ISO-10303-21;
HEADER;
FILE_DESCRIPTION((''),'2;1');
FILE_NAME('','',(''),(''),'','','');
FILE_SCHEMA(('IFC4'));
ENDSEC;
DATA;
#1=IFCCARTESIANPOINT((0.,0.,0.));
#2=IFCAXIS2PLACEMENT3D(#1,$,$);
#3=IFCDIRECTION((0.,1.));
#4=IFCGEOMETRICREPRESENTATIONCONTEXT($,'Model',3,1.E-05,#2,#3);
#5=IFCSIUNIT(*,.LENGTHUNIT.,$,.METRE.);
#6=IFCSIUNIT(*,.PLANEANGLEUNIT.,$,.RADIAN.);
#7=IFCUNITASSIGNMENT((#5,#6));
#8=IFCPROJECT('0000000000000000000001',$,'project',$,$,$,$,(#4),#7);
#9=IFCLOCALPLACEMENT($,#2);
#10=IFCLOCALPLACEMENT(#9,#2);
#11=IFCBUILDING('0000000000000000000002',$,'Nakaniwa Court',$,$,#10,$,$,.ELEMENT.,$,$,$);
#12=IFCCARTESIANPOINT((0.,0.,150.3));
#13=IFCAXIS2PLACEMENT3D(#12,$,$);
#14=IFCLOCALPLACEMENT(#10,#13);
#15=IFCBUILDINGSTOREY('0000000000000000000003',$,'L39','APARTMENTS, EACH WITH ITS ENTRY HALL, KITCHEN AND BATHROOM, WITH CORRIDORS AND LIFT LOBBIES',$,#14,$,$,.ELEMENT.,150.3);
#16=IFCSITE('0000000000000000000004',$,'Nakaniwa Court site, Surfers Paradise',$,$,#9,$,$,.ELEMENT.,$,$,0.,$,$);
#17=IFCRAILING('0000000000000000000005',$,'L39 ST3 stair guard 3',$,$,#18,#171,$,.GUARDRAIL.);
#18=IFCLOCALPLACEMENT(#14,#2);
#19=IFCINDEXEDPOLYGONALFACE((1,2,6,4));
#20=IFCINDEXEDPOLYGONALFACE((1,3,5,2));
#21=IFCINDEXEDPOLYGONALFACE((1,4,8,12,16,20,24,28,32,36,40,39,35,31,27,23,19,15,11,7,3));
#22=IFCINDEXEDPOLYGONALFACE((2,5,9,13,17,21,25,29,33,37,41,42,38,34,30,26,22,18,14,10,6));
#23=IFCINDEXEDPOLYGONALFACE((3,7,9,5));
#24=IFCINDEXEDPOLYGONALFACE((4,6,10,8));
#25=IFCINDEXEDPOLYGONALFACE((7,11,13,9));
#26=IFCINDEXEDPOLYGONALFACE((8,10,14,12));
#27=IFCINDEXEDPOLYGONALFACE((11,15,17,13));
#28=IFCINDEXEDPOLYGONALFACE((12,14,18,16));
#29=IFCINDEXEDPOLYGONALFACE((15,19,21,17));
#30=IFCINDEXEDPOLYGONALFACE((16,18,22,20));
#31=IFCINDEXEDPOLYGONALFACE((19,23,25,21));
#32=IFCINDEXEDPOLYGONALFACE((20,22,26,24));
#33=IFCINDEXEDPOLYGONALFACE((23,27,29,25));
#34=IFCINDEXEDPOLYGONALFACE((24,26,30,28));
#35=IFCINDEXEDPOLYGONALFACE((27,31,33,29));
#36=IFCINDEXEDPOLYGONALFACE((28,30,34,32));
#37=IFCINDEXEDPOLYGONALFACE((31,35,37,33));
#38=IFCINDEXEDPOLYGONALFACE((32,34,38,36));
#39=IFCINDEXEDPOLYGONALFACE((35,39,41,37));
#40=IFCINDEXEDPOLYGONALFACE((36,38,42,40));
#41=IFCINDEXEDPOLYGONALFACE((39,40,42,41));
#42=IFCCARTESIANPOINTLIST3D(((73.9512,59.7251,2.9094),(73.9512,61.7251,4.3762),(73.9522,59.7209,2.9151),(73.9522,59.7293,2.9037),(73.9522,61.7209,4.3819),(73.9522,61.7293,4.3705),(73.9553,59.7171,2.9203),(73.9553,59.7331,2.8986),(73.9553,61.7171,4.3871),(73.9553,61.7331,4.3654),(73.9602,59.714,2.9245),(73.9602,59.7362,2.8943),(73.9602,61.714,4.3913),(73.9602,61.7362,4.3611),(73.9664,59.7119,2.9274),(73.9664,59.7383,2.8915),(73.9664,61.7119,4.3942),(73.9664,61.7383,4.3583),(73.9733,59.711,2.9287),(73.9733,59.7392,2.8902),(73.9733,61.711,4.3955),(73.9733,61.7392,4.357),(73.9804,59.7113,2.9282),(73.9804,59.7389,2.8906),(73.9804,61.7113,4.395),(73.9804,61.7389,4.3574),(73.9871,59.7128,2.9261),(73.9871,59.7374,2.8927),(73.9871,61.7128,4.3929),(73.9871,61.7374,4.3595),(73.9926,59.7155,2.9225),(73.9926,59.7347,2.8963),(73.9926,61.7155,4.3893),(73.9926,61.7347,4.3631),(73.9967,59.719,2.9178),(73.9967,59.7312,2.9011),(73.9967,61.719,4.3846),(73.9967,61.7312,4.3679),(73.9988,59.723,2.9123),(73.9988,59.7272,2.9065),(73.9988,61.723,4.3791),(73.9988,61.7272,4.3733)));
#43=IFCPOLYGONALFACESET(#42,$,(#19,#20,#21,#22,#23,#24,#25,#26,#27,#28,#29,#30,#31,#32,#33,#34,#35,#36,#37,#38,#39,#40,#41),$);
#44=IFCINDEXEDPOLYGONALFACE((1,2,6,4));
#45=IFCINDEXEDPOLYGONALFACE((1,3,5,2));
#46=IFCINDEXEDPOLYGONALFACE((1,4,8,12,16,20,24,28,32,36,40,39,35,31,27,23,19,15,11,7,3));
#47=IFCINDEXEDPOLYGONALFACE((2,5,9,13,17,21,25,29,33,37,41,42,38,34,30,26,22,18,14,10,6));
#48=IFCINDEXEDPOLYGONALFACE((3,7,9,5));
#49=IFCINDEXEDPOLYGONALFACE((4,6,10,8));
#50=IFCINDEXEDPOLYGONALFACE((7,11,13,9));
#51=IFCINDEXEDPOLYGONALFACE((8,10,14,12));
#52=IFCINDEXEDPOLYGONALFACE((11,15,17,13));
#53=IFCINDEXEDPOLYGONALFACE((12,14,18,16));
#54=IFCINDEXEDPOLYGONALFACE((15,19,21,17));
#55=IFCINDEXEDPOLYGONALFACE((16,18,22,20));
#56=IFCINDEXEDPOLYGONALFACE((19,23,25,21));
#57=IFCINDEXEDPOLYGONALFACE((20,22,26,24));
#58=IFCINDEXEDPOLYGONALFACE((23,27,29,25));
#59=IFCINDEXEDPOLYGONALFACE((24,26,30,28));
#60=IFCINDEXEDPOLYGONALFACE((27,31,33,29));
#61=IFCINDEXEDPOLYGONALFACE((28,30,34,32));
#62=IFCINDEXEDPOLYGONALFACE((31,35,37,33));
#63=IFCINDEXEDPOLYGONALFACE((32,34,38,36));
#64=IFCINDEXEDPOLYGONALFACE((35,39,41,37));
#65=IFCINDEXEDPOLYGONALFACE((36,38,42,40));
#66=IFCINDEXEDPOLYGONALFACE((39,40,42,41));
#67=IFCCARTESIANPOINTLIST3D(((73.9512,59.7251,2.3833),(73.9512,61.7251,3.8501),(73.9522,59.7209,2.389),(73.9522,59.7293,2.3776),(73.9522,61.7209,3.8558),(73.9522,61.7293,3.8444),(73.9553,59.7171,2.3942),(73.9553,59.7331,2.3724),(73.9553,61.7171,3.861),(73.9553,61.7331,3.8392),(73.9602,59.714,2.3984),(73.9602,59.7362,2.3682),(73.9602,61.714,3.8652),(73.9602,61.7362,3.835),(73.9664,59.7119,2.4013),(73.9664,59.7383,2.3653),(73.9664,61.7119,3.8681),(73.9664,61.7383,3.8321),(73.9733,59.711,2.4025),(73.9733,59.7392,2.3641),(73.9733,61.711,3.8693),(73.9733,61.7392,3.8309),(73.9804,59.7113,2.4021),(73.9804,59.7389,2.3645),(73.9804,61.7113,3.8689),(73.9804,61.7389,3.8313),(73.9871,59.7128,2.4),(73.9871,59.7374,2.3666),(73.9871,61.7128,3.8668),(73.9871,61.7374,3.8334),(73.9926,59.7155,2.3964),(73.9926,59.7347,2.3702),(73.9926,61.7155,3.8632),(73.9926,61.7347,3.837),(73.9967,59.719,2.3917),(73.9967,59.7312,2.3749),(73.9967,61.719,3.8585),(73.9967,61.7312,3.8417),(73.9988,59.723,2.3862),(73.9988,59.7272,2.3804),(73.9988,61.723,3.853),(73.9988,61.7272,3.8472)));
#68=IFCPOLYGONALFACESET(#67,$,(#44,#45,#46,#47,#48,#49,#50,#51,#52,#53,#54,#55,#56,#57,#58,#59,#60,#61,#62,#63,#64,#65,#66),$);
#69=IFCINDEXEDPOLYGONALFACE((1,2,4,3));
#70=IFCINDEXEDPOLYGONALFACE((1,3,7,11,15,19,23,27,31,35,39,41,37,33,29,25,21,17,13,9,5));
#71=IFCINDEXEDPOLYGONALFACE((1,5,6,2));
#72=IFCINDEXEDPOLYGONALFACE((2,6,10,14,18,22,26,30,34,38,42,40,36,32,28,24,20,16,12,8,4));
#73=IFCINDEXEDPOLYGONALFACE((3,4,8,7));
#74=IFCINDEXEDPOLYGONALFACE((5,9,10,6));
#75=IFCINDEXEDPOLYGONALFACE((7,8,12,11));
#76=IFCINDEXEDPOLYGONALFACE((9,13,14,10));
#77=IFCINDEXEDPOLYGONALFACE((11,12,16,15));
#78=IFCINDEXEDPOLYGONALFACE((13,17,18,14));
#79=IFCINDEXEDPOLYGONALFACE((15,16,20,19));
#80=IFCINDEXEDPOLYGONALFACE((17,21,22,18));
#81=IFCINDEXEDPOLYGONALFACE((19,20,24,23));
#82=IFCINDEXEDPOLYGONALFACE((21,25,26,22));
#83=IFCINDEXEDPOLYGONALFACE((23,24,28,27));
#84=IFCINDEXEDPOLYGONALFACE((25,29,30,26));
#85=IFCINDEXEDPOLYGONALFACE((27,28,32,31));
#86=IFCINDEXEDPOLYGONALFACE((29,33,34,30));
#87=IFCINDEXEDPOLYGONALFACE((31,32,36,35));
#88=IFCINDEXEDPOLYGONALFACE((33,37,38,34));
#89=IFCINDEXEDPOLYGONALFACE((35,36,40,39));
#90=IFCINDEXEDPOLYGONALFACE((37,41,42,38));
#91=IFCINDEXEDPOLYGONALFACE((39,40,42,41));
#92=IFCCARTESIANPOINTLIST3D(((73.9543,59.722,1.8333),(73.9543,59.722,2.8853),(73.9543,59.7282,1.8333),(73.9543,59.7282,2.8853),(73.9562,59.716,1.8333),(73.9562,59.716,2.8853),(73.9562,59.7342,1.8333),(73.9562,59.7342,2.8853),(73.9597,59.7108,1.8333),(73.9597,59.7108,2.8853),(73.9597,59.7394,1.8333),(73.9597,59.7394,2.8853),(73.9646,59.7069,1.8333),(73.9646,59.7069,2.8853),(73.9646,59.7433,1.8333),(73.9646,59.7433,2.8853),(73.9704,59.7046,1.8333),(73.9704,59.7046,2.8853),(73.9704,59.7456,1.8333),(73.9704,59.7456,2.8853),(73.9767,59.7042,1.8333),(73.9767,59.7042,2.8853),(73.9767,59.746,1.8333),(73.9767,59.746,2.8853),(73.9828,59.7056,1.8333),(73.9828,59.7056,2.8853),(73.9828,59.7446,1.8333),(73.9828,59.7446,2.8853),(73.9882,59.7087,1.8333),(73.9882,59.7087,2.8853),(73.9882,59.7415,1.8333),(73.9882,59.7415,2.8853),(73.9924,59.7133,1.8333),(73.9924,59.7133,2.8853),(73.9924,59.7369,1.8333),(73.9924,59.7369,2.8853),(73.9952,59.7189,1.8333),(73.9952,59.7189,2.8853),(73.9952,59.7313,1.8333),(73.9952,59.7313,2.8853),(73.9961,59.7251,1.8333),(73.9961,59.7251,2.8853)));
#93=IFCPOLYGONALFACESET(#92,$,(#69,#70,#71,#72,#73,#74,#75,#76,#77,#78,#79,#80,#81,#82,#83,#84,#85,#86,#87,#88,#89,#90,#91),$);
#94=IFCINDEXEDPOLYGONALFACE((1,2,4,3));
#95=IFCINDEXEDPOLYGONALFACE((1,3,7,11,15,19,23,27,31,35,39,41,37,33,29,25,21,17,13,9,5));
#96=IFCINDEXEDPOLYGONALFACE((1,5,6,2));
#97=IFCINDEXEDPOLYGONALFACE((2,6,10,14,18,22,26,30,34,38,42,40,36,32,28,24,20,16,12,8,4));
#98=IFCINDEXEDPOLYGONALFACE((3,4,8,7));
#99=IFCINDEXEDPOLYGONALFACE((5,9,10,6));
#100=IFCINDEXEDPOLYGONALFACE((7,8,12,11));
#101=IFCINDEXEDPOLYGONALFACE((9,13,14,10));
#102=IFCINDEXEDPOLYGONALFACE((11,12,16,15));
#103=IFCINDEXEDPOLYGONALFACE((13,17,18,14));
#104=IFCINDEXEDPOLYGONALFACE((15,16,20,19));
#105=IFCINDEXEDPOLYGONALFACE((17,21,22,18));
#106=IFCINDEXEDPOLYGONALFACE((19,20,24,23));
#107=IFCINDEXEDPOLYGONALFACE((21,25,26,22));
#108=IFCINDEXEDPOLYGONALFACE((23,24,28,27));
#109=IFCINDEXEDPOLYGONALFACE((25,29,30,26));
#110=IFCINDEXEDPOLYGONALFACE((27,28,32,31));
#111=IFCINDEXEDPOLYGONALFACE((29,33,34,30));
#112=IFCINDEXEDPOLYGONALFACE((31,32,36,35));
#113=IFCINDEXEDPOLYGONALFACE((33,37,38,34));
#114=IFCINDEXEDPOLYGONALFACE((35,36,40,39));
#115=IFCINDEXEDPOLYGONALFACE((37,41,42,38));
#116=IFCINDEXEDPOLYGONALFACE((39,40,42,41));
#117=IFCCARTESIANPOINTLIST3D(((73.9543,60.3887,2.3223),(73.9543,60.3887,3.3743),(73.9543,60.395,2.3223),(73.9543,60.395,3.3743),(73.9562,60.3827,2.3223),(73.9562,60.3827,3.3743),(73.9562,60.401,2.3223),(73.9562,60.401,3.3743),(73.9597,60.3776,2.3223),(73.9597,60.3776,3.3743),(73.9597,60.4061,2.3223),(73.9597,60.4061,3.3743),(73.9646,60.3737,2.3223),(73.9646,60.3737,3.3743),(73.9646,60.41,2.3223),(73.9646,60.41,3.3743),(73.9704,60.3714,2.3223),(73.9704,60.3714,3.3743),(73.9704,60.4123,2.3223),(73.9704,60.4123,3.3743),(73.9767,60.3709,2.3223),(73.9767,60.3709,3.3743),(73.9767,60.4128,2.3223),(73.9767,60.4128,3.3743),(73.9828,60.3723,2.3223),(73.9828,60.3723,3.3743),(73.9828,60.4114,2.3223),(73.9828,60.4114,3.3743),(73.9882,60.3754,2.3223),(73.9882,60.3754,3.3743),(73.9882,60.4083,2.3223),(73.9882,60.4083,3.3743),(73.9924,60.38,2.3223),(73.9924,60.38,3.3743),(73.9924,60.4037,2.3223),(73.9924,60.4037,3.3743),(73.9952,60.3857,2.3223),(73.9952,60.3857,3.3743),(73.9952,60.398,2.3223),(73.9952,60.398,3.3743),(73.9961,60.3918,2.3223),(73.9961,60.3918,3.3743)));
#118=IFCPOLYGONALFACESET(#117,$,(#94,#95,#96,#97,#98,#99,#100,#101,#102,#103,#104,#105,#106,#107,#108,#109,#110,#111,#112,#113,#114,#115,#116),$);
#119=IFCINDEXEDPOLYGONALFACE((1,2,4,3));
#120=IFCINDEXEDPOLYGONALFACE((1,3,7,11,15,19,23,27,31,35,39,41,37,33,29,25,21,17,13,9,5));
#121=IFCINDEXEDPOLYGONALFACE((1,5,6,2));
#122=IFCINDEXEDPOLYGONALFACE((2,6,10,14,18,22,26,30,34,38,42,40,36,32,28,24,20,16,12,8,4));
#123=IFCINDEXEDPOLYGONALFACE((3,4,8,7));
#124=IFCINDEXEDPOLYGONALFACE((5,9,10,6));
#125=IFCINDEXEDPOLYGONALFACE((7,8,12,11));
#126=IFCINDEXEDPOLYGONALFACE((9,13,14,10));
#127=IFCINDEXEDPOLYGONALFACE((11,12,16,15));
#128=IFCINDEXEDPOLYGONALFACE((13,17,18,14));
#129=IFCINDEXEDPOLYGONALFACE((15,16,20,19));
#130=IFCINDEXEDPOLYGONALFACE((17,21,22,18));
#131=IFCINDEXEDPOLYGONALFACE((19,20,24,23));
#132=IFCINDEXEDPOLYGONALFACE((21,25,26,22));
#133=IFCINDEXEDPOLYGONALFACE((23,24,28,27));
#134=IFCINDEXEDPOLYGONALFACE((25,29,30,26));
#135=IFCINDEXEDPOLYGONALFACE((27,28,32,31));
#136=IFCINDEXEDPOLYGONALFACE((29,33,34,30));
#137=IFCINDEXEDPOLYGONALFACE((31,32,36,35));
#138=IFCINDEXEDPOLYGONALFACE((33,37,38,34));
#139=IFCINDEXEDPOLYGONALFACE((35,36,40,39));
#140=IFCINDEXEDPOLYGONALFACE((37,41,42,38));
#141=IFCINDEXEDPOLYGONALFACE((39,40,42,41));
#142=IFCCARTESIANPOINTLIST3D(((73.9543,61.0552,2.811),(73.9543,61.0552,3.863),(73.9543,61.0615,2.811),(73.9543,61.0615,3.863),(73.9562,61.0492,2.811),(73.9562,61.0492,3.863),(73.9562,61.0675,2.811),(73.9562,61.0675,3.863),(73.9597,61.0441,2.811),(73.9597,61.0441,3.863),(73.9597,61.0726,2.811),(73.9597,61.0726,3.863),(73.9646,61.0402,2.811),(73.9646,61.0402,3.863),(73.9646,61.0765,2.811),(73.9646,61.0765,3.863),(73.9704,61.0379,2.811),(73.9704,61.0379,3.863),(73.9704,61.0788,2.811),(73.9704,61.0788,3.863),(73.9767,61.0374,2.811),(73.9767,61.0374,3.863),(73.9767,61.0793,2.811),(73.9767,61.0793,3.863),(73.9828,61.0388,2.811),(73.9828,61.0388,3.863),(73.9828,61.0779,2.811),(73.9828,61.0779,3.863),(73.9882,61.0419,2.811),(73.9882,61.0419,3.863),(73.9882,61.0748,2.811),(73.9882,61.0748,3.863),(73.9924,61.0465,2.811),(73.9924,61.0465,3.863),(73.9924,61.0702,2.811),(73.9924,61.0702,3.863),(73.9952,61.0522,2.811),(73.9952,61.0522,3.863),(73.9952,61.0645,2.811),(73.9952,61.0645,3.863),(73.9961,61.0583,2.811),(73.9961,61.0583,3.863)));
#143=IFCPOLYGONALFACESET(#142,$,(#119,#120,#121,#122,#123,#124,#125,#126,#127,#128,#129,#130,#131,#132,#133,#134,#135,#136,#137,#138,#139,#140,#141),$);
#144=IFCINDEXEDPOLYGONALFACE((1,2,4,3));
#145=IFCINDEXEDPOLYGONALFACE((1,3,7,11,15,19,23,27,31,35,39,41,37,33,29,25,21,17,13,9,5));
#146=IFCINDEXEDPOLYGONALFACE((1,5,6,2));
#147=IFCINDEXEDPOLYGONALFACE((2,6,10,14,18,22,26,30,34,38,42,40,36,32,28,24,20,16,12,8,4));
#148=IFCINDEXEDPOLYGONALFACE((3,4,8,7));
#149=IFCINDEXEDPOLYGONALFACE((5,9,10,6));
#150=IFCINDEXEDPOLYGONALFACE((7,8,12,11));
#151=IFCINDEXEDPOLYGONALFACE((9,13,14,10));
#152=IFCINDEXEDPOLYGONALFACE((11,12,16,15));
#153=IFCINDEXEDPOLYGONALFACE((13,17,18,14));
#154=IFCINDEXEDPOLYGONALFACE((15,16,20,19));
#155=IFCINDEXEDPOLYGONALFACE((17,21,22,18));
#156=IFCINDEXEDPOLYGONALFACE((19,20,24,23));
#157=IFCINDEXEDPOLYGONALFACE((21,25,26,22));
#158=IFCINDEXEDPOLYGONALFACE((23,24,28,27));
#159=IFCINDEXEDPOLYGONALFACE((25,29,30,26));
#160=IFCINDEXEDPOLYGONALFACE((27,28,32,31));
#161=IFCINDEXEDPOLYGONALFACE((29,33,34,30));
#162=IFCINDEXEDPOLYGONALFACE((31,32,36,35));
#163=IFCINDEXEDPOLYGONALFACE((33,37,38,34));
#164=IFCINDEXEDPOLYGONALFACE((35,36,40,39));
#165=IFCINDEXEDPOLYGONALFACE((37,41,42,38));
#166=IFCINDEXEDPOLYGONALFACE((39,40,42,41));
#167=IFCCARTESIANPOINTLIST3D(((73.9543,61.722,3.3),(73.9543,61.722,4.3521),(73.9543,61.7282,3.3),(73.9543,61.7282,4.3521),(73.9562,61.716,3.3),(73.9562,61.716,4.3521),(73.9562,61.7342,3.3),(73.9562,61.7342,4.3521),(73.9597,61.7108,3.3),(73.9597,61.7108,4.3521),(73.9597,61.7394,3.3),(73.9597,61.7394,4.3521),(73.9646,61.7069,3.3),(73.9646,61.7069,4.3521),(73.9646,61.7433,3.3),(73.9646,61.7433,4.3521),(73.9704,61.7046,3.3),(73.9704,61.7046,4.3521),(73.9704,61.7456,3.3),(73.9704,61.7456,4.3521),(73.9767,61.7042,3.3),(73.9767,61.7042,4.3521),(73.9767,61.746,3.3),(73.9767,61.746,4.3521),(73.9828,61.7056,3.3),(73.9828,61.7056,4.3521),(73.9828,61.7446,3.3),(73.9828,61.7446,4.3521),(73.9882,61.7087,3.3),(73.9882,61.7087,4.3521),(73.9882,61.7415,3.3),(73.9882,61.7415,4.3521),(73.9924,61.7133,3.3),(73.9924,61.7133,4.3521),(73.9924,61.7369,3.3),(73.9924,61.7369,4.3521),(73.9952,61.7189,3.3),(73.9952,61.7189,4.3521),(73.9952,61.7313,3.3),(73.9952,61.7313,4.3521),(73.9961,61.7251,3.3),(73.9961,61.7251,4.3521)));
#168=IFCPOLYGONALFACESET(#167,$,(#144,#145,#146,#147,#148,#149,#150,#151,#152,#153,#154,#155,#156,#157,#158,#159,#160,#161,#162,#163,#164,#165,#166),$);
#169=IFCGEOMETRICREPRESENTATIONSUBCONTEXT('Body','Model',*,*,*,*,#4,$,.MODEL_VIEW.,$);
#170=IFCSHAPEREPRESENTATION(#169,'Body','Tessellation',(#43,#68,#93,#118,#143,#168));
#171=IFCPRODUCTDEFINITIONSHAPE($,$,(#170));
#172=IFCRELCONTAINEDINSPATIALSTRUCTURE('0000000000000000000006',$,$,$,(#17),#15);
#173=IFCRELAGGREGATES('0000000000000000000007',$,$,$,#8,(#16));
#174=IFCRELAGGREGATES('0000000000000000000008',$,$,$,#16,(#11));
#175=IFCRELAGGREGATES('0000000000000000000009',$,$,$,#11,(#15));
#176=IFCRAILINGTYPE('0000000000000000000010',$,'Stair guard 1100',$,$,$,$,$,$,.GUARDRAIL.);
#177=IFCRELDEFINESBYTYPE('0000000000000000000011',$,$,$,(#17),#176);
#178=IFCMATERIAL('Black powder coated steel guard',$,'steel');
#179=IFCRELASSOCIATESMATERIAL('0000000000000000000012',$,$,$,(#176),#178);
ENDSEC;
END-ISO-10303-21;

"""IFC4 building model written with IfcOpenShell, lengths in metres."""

from ifc_helpers import new_model, si_unit, direction, frame, origin, origin_2d, place, context, subcontext, project, spatial, circle, extrude, material, type_object, element, save


model = new_model("IFC4")

# Units and contexts
model_context = context("Model", 3, precision=1e-05, world=origin(), true_north=direction((0.0, 1.0)))
body_context = subcontext(model_context, "Body", "Model", "MODEL_VIEW")
ifc_project = project(units=[si_unit("LENGTHUNIT", "METRE"), si_unit("PLANEANGLEUNIT", "RADIAN")], contexts=[model_context])

# Site, building, storey
site_placement = place(None, origin())
site = spatial("IfcSite", under=ifc_project, at=site_placement, Name="Nakaniwa Court site, Surfers Paradise", CompositionType="ELEMENT", RefElevation=0.0)
building_placement = place(site_placement, origin())
building = spatial("IfcBuilding", under=site, at=building_placement, Name="Nakaniwa Court", CompositionType="ELEMENT")
storey_placement = place(building_placement, frame((0.0, 0.0, 150.3)))
storey = spatial("IfcBuildingStorey", under=building, at=storey_placement, Name="L39", Description="APARTMENTS, EACH WITH ITS ENTRY HALL, KITCHEN AND BATHROOM, WITH CORRIDORS AND LIFT LOBBIES", CompositionType="ELEMENT", Elevation=150.3)

# Railing
ifc_material_1 = material(Name="Black powder coated steel guard", Category="steel")
railing_type_1 = type_object("IfcRailingType", Name="Stair guard 1100", PredefinedType="GUARDRAIL", material=ifc_material_1)
railing_1_placement = place(storey_placement, frame((73.9751, 59.7251, 1.8333)))
element("IfcRailing", 1, at=railing_1_placement, inside=storey, type_object=railing_type_1, Name="L39 ST3 stair guard 3", PredefinedType="GUARDRAIL", context=body_context, shape_type="SweptSolid", body=[
    extrude(circle(Radius=0.0239, at=origin_2d()), frame((0.0, 0.0, 1.0762), z_axis=(0.0, 0.80638, 0.591398), x_axis=(-1.0, 0.0, 0.0)), (0.0, 0.0, 1.0), 2.4802),
    extrude(circle(Radius=0.0239, at=origin_2d()), frame((0.0, 0.0, 0.55), z_axis=(0.0, 0.80638, 0.591398), x_axis=(-1.0, 0.0, 0.0)), (0.0, 0.0, 1.0), 2.4802),
    extrude(circle(Radius=0.021, at=origin_2d()), origin(), (0.0, 0.0, 1.0), 1.052),
    extrude(circle(Radius=0.021, at=origin_2d()), frame((0.0, 0.6667, 0.489)), (0.0, 0.0, 1.0), 1.052),
    extrude(circle(Radius=0.021, at=origin_2d()), frame((0.0, 1.3333, 0.9778)), (0.0, 0.0, 1.0), 1.052),
    extrude(circle(Radius=0.021, at=origin_2d()), frame((0.0, 2.0, 1.4668)), (0.0, 0.0, 1.0), 1.052),
])

save(model, "model.ifc")
